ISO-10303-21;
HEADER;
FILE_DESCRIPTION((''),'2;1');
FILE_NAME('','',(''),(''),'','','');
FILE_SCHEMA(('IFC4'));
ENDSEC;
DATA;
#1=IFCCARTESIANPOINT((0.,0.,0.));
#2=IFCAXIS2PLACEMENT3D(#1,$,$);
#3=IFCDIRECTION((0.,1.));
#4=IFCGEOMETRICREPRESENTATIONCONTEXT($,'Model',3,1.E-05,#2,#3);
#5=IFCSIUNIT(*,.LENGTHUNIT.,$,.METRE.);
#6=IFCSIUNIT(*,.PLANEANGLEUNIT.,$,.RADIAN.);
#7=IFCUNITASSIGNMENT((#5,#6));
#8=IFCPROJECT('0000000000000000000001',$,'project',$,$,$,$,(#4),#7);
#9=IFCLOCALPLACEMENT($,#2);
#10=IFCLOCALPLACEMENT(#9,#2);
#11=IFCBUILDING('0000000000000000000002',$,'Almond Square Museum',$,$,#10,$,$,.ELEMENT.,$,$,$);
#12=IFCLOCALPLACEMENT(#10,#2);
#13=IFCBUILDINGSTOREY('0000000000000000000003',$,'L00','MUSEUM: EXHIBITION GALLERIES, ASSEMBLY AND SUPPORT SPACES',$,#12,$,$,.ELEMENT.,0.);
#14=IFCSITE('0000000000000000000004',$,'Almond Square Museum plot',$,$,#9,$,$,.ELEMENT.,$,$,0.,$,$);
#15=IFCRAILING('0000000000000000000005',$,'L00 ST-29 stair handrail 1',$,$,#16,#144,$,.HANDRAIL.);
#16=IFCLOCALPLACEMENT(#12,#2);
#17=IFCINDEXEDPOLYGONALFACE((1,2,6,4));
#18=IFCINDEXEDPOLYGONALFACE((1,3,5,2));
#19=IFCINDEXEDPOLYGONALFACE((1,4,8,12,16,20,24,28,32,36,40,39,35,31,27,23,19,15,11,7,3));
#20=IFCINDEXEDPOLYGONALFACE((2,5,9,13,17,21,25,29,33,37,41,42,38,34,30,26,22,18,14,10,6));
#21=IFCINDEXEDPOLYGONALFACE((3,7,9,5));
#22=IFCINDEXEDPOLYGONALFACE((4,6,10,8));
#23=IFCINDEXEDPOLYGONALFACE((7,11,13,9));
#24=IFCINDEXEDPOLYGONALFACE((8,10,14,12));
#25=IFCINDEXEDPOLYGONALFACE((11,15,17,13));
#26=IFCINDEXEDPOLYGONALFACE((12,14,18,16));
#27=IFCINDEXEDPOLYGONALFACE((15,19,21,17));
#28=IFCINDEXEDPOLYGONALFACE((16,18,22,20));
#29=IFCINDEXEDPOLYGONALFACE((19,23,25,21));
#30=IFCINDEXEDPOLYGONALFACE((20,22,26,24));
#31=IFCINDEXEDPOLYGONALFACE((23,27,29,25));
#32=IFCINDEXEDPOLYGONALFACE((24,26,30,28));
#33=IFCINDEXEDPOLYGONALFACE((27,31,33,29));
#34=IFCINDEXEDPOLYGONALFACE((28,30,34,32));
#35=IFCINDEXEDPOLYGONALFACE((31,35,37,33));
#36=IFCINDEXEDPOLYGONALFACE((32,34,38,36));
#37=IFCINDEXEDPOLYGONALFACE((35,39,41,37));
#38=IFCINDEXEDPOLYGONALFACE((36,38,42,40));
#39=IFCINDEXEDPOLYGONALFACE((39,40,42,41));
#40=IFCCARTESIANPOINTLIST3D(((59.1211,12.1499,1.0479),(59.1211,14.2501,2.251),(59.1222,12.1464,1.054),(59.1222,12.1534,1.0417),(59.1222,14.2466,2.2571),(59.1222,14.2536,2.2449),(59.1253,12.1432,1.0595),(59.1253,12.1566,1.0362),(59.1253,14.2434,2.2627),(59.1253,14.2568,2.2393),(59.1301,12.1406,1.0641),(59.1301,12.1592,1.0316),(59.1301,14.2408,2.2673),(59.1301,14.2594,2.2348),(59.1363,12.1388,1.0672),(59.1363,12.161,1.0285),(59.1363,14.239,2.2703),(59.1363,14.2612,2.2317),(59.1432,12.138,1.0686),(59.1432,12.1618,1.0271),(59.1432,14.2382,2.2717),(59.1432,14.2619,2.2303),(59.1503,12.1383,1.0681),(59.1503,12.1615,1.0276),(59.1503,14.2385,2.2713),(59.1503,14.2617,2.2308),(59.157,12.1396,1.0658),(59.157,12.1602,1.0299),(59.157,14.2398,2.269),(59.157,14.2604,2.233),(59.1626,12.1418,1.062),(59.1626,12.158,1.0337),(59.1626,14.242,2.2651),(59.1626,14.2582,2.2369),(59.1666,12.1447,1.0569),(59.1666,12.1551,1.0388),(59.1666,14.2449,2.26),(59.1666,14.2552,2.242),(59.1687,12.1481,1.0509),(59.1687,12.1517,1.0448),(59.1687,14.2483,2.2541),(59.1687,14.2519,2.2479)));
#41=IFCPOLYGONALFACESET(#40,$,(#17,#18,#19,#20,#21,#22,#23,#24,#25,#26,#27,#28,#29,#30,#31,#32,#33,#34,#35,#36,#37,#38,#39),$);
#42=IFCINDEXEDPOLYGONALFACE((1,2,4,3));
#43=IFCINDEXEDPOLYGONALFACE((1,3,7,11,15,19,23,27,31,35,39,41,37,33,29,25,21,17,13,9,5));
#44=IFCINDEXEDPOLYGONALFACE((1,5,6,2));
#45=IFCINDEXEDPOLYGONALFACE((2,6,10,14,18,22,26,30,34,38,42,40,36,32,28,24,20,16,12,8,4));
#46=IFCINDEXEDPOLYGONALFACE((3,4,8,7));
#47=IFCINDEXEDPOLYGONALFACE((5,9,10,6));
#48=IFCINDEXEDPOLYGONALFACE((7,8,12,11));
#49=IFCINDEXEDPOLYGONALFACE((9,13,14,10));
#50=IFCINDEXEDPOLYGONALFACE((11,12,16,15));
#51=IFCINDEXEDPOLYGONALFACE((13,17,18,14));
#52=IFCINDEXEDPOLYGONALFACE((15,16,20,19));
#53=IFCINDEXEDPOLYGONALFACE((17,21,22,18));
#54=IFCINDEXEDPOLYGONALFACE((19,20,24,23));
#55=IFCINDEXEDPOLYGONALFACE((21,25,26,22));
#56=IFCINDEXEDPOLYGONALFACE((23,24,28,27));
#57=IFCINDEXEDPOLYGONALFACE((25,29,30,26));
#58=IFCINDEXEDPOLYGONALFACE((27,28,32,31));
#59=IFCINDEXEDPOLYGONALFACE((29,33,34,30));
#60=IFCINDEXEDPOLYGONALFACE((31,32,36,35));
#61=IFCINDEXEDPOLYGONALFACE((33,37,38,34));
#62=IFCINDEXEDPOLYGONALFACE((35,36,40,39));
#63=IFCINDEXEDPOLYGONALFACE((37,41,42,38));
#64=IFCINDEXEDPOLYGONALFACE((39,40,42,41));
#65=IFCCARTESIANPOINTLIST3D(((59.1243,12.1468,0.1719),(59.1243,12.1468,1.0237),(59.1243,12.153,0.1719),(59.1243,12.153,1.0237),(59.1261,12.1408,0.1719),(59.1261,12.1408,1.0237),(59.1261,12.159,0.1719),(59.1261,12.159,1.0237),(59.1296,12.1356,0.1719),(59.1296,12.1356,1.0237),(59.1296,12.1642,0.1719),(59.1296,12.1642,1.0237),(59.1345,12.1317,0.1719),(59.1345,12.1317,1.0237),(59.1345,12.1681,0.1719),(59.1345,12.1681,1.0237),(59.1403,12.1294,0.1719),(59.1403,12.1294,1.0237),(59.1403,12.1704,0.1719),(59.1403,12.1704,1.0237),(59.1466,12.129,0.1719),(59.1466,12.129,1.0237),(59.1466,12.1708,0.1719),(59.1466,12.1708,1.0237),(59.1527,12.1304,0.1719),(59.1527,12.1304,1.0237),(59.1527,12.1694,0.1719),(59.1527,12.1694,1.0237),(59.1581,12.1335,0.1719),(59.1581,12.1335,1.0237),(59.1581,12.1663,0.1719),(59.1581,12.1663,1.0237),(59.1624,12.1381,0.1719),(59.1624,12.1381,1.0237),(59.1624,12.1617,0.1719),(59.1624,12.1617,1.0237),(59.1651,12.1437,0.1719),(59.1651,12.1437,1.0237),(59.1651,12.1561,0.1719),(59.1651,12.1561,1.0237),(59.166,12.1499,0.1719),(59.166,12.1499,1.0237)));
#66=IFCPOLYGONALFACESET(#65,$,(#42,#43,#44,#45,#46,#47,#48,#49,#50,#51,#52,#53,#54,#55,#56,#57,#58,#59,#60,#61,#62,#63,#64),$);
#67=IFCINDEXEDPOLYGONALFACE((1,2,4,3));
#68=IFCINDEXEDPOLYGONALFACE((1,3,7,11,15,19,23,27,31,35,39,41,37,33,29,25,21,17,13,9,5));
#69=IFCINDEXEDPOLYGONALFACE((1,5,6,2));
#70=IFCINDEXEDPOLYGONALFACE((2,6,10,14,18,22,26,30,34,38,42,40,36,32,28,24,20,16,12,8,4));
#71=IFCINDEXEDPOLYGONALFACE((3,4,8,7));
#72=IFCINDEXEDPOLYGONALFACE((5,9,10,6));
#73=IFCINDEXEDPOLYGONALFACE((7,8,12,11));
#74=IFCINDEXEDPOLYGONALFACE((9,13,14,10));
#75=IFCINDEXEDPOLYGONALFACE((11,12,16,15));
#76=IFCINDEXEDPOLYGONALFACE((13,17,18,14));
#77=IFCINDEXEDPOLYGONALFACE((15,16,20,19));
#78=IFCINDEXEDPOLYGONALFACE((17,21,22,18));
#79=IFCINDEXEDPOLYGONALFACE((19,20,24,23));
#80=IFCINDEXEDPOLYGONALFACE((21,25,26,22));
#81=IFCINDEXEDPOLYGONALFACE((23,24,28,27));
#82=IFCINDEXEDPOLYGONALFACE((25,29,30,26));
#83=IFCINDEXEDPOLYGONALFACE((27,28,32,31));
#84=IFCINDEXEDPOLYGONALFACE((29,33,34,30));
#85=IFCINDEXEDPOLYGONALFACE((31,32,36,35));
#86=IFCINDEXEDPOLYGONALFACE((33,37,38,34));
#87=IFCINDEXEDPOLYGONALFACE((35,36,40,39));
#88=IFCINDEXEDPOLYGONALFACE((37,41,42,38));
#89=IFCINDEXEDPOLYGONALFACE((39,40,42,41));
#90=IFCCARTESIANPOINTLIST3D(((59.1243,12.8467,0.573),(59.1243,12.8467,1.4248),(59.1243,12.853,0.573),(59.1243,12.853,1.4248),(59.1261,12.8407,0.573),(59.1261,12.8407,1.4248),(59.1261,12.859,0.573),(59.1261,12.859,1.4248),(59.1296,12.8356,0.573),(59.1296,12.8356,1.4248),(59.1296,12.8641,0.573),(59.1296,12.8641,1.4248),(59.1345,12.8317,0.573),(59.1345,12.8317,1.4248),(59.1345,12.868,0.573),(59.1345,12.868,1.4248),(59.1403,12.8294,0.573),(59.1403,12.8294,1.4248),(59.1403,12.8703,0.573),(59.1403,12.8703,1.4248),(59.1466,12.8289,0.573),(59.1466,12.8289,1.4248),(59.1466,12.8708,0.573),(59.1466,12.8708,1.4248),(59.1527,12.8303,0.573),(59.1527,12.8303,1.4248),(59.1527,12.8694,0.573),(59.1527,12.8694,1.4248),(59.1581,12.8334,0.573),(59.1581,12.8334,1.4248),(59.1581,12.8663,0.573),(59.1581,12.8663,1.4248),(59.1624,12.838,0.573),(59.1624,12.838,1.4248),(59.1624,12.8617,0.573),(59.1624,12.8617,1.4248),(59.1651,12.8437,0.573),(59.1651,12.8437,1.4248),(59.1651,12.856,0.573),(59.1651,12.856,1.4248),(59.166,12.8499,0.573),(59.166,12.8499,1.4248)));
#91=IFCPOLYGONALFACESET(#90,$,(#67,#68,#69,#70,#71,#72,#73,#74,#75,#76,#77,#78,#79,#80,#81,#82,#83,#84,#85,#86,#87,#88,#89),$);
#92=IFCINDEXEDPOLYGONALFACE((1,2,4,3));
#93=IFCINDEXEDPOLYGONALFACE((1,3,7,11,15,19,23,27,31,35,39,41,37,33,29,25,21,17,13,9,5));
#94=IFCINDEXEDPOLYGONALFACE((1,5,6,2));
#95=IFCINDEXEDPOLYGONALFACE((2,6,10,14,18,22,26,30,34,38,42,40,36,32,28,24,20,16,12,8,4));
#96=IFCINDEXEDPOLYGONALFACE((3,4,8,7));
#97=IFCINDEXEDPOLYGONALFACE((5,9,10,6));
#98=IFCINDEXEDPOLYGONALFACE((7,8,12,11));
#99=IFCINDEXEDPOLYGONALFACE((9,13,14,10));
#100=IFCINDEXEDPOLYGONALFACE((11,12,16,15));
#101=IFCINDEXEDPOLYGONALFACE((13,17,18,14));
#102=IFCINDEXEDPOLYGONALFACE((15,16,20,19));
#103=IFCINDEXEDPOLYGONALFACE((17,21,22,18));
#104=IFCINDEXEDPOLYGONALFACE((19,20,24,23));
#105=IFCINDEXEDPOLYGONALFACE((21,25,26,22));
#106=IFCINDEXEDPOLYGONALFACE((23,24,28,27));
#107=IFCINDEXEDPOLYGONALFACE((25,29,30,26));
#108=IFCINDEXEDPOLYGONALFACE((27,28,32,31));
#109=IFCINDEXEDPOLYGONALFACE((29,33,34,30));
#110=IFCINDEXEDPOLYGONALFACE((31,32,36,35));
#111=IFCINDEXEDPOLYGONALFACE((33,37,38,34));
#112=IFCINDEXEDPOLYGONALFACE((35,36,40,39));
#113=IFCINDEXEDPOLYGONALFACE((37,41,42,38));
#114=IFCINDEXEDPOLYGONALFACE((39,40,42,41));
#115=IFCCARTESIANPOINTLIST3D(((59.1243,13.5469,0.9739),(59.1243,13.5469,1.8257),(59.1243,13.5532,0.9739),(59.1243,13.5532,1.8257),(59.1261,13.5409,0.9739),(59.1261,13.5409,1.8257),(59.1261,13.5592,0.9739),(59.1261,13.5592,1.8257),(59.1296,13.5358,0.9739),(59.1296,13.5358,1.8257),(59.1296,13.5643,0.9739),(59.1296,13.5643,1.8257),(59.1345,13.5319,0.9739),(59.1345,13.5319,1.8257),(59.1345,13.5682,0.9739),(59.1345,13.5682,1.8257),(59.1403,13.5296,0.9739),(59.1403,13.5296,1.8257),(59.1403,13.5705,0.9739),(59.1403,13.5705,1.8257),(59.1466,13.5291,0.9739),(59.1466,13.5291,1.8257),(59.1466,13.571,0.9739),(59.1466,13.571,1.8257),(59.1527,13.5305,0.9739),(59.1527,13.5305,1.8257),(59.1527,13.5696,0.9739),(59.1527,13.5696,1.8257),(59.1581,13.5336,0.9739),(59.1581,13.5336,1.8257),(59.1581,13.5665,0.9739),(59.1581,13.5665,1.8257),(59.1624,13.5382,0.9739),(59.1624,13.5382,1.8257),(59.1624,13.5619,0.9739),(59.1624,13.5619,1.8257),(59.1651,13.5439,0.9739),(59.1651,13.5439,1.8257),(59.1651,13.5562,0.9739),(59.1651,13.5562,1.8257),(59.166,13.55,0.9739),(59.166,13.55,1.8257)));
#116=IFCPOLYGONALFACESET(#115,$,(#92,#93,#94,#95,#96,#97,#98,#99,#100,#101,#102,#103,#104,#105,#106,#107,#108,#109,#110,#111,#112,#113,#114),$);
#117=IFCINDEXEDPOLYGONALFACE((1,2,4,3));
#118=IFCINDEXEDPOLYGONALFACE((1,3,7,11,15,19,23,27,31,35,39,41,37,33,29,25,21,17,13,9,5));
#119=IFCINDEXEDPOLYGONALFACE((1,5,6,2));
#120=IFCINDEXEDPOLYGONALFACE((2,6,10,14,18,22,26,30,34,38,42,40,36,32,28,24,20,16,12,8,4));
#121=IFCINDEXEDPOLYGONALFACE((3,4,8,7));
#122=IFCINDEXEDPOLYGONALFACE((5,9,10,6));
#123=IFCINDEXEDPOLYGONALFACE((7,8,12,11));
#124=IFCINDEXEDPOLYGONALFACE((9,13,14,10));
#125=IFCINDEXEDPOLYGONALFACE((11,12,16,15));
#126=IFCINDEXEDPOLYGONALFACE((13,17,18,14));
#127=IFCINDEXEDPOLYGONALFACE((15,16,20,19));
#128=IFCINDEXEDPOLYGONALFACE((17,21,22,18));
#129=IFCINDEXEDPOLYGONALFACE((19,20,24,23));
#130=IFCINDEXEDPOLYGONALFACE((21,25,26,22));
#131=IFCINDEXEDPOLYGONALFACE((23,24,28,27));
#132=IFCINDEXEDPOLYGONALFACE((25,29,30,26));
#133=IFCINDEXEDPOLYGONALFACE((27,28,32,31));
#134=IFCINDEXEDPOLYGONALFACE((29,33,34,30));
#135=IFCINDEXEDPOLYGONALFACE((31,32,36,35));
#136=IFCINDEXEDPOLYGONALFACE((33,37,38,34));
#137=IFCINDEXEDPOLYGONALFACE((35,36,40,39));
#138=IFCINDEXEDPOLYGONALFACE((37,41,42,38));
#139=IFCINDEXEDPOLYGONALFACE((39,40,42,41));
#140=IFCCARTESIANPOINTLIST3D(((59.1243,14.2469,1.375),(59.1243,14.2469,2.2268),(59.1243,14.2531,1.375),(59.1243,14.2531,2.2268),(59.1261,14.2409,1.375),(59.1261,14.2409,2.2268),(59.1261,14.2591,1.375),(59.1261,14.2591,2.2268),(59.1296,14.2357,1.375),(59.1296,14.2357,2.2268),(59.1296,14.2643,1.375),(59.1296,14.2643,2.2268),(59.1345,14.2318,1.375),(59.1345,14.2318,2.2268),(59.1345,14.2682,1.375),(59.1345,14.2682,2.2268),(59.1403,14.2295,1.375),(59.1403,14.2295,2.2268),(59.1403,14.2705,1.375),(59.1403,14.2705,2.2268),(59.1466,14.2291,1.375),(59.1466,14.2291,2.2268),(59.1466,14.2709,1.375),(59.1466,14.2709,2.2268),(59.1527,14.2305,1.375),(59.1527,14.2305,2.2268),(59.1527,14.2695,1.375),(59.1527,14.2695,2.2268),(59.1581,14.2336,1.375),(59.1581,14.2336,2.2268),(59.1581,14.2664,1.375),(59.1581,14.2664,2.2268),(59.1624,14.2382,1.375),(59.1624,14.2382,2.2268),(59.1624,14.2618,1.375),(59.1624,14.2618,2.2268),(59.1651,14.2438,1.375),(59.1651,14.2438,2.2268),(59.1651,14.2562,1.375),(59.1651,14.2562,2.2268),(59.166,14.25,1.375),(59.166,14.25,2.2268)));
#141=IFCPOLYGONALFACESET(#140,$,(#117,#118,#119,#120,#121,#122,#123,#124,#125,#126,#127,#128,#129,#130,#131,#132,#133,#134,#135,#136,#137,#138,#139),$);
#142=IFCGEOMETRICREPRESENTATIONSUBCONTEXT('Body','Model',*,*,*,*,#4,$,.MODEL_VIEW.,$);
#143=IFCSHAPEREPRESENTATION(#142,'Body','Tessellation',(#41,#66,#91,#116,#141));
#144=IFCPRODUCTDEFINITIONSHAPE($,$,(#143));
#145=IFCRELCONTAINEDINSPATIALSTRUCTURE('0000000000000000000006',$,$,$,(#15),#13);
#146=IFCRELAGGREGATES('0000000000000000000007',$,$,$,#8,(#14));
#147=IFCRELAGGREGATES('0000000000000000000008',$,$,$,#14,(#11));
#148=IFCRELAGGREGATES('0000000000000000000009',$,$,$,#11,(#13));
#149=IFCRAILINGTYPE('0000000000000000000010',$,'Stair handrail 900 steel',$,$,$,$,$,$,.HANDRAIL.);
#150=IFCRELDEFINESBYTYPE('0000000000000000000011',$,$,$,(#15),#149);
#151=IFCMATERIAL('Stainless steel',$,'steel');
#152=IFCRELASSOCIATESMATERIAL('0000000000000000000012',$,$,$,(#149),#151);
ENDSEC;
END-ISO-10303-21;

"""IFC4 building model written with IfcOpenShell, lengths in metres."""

from ifc_helpers import new_model, si_unit, direction, frame, origin, origin_2d, place, context, subcontext, project, spatial, circle, extrude, material, type_object, element, save


model = new_model("IFC4")

# Units and contexts
model_context = context("Model", 3, precision=1e-05, world=origin(), true_north=direction((0.0, 1.0)))
body_context = subcontext(model_context, "Body", "Model", "MODEL_VIEW")
ifc_project = project(units=[si_unit("LENGTHUNIT", "METRE"), si_unit("PLANEANGLEUNIT", "RADIAN")], contexts=[model_context])

# Site, building, storey
site_placement = place(None, origin())
site = spatial("IfcSite", under=ifc_project, at=site_placement, Name="Almond Square Museum plot", CompositionType="ELEMENT", RefElevation=0.0)
building_placement = place(site_placement, origin())
building = spatial("IfcBuilding", under=site, at=building_placement, Name="Almond Square Museum", CompositionType="ELEMENT")
storey_placement = place(building_placement, origin())
storey = spatial("IfcBuildingStorey", under=building, at=storey_placement, Name="L00", Description="MUSEUM: EXHIBITION GALLERIES, ASSEMBLY AND SUPPORT SPACES", CompositionType="ELEMENT", Elevation=0.0)

# Railing
ifc_material_1 = material(Name="Stainless steel", Category="steel")
railing_type_1 = type_object("IfcRailingType", Name="Stair handrail 900 steel", PredefinedType="HANDRAIL", material=ifc_material_1)
railing_1_placement = place(storey_placement, frame((59.145, 12.1499, 0.1719)))
element("IfcRailing", 1, at=railing_1_placement, inside=storey, type_object=railing_type_1, Name="L00 ST-29 stair handrail 1", PredefinedType="HANDRAIL", context=body_context, shape_type="SweptSolid", body=[
    extrude(circle(Radius=0.0239, at=origin_2d()), frame((0.0, 0.0, 0.876), z_axis=(0.0, 0.867696, 0.497095), x_axis=(-1.0, 0.0, 0.0)), (0.0, 0.0, 1.0), 2.4204),
    extrude(circle(Radius=0.021, at=origin_2d()), origin(), (0.0, 0.0, 1.0), 0.8518),
    extrude(circle(Radius=0.021, at=origin_2d()), frame((0.0, 0.7, 0.4011)), (0.0, 0.0, 1.0), 0.8518),
    extrude(circle(Radius=0.021, at=origin_2d()), frame((0.0, 1.4001, 0.802)), (0.0, 0.0, 1.0), 0.8518),
    extrude(circle(Radius=0.021, at=origin_2d()), frame((0.0, 2.1001, 1.2031)), (0.0, 0.0, 1.0), 0.8518),
])

save(model, "model.ifc")
